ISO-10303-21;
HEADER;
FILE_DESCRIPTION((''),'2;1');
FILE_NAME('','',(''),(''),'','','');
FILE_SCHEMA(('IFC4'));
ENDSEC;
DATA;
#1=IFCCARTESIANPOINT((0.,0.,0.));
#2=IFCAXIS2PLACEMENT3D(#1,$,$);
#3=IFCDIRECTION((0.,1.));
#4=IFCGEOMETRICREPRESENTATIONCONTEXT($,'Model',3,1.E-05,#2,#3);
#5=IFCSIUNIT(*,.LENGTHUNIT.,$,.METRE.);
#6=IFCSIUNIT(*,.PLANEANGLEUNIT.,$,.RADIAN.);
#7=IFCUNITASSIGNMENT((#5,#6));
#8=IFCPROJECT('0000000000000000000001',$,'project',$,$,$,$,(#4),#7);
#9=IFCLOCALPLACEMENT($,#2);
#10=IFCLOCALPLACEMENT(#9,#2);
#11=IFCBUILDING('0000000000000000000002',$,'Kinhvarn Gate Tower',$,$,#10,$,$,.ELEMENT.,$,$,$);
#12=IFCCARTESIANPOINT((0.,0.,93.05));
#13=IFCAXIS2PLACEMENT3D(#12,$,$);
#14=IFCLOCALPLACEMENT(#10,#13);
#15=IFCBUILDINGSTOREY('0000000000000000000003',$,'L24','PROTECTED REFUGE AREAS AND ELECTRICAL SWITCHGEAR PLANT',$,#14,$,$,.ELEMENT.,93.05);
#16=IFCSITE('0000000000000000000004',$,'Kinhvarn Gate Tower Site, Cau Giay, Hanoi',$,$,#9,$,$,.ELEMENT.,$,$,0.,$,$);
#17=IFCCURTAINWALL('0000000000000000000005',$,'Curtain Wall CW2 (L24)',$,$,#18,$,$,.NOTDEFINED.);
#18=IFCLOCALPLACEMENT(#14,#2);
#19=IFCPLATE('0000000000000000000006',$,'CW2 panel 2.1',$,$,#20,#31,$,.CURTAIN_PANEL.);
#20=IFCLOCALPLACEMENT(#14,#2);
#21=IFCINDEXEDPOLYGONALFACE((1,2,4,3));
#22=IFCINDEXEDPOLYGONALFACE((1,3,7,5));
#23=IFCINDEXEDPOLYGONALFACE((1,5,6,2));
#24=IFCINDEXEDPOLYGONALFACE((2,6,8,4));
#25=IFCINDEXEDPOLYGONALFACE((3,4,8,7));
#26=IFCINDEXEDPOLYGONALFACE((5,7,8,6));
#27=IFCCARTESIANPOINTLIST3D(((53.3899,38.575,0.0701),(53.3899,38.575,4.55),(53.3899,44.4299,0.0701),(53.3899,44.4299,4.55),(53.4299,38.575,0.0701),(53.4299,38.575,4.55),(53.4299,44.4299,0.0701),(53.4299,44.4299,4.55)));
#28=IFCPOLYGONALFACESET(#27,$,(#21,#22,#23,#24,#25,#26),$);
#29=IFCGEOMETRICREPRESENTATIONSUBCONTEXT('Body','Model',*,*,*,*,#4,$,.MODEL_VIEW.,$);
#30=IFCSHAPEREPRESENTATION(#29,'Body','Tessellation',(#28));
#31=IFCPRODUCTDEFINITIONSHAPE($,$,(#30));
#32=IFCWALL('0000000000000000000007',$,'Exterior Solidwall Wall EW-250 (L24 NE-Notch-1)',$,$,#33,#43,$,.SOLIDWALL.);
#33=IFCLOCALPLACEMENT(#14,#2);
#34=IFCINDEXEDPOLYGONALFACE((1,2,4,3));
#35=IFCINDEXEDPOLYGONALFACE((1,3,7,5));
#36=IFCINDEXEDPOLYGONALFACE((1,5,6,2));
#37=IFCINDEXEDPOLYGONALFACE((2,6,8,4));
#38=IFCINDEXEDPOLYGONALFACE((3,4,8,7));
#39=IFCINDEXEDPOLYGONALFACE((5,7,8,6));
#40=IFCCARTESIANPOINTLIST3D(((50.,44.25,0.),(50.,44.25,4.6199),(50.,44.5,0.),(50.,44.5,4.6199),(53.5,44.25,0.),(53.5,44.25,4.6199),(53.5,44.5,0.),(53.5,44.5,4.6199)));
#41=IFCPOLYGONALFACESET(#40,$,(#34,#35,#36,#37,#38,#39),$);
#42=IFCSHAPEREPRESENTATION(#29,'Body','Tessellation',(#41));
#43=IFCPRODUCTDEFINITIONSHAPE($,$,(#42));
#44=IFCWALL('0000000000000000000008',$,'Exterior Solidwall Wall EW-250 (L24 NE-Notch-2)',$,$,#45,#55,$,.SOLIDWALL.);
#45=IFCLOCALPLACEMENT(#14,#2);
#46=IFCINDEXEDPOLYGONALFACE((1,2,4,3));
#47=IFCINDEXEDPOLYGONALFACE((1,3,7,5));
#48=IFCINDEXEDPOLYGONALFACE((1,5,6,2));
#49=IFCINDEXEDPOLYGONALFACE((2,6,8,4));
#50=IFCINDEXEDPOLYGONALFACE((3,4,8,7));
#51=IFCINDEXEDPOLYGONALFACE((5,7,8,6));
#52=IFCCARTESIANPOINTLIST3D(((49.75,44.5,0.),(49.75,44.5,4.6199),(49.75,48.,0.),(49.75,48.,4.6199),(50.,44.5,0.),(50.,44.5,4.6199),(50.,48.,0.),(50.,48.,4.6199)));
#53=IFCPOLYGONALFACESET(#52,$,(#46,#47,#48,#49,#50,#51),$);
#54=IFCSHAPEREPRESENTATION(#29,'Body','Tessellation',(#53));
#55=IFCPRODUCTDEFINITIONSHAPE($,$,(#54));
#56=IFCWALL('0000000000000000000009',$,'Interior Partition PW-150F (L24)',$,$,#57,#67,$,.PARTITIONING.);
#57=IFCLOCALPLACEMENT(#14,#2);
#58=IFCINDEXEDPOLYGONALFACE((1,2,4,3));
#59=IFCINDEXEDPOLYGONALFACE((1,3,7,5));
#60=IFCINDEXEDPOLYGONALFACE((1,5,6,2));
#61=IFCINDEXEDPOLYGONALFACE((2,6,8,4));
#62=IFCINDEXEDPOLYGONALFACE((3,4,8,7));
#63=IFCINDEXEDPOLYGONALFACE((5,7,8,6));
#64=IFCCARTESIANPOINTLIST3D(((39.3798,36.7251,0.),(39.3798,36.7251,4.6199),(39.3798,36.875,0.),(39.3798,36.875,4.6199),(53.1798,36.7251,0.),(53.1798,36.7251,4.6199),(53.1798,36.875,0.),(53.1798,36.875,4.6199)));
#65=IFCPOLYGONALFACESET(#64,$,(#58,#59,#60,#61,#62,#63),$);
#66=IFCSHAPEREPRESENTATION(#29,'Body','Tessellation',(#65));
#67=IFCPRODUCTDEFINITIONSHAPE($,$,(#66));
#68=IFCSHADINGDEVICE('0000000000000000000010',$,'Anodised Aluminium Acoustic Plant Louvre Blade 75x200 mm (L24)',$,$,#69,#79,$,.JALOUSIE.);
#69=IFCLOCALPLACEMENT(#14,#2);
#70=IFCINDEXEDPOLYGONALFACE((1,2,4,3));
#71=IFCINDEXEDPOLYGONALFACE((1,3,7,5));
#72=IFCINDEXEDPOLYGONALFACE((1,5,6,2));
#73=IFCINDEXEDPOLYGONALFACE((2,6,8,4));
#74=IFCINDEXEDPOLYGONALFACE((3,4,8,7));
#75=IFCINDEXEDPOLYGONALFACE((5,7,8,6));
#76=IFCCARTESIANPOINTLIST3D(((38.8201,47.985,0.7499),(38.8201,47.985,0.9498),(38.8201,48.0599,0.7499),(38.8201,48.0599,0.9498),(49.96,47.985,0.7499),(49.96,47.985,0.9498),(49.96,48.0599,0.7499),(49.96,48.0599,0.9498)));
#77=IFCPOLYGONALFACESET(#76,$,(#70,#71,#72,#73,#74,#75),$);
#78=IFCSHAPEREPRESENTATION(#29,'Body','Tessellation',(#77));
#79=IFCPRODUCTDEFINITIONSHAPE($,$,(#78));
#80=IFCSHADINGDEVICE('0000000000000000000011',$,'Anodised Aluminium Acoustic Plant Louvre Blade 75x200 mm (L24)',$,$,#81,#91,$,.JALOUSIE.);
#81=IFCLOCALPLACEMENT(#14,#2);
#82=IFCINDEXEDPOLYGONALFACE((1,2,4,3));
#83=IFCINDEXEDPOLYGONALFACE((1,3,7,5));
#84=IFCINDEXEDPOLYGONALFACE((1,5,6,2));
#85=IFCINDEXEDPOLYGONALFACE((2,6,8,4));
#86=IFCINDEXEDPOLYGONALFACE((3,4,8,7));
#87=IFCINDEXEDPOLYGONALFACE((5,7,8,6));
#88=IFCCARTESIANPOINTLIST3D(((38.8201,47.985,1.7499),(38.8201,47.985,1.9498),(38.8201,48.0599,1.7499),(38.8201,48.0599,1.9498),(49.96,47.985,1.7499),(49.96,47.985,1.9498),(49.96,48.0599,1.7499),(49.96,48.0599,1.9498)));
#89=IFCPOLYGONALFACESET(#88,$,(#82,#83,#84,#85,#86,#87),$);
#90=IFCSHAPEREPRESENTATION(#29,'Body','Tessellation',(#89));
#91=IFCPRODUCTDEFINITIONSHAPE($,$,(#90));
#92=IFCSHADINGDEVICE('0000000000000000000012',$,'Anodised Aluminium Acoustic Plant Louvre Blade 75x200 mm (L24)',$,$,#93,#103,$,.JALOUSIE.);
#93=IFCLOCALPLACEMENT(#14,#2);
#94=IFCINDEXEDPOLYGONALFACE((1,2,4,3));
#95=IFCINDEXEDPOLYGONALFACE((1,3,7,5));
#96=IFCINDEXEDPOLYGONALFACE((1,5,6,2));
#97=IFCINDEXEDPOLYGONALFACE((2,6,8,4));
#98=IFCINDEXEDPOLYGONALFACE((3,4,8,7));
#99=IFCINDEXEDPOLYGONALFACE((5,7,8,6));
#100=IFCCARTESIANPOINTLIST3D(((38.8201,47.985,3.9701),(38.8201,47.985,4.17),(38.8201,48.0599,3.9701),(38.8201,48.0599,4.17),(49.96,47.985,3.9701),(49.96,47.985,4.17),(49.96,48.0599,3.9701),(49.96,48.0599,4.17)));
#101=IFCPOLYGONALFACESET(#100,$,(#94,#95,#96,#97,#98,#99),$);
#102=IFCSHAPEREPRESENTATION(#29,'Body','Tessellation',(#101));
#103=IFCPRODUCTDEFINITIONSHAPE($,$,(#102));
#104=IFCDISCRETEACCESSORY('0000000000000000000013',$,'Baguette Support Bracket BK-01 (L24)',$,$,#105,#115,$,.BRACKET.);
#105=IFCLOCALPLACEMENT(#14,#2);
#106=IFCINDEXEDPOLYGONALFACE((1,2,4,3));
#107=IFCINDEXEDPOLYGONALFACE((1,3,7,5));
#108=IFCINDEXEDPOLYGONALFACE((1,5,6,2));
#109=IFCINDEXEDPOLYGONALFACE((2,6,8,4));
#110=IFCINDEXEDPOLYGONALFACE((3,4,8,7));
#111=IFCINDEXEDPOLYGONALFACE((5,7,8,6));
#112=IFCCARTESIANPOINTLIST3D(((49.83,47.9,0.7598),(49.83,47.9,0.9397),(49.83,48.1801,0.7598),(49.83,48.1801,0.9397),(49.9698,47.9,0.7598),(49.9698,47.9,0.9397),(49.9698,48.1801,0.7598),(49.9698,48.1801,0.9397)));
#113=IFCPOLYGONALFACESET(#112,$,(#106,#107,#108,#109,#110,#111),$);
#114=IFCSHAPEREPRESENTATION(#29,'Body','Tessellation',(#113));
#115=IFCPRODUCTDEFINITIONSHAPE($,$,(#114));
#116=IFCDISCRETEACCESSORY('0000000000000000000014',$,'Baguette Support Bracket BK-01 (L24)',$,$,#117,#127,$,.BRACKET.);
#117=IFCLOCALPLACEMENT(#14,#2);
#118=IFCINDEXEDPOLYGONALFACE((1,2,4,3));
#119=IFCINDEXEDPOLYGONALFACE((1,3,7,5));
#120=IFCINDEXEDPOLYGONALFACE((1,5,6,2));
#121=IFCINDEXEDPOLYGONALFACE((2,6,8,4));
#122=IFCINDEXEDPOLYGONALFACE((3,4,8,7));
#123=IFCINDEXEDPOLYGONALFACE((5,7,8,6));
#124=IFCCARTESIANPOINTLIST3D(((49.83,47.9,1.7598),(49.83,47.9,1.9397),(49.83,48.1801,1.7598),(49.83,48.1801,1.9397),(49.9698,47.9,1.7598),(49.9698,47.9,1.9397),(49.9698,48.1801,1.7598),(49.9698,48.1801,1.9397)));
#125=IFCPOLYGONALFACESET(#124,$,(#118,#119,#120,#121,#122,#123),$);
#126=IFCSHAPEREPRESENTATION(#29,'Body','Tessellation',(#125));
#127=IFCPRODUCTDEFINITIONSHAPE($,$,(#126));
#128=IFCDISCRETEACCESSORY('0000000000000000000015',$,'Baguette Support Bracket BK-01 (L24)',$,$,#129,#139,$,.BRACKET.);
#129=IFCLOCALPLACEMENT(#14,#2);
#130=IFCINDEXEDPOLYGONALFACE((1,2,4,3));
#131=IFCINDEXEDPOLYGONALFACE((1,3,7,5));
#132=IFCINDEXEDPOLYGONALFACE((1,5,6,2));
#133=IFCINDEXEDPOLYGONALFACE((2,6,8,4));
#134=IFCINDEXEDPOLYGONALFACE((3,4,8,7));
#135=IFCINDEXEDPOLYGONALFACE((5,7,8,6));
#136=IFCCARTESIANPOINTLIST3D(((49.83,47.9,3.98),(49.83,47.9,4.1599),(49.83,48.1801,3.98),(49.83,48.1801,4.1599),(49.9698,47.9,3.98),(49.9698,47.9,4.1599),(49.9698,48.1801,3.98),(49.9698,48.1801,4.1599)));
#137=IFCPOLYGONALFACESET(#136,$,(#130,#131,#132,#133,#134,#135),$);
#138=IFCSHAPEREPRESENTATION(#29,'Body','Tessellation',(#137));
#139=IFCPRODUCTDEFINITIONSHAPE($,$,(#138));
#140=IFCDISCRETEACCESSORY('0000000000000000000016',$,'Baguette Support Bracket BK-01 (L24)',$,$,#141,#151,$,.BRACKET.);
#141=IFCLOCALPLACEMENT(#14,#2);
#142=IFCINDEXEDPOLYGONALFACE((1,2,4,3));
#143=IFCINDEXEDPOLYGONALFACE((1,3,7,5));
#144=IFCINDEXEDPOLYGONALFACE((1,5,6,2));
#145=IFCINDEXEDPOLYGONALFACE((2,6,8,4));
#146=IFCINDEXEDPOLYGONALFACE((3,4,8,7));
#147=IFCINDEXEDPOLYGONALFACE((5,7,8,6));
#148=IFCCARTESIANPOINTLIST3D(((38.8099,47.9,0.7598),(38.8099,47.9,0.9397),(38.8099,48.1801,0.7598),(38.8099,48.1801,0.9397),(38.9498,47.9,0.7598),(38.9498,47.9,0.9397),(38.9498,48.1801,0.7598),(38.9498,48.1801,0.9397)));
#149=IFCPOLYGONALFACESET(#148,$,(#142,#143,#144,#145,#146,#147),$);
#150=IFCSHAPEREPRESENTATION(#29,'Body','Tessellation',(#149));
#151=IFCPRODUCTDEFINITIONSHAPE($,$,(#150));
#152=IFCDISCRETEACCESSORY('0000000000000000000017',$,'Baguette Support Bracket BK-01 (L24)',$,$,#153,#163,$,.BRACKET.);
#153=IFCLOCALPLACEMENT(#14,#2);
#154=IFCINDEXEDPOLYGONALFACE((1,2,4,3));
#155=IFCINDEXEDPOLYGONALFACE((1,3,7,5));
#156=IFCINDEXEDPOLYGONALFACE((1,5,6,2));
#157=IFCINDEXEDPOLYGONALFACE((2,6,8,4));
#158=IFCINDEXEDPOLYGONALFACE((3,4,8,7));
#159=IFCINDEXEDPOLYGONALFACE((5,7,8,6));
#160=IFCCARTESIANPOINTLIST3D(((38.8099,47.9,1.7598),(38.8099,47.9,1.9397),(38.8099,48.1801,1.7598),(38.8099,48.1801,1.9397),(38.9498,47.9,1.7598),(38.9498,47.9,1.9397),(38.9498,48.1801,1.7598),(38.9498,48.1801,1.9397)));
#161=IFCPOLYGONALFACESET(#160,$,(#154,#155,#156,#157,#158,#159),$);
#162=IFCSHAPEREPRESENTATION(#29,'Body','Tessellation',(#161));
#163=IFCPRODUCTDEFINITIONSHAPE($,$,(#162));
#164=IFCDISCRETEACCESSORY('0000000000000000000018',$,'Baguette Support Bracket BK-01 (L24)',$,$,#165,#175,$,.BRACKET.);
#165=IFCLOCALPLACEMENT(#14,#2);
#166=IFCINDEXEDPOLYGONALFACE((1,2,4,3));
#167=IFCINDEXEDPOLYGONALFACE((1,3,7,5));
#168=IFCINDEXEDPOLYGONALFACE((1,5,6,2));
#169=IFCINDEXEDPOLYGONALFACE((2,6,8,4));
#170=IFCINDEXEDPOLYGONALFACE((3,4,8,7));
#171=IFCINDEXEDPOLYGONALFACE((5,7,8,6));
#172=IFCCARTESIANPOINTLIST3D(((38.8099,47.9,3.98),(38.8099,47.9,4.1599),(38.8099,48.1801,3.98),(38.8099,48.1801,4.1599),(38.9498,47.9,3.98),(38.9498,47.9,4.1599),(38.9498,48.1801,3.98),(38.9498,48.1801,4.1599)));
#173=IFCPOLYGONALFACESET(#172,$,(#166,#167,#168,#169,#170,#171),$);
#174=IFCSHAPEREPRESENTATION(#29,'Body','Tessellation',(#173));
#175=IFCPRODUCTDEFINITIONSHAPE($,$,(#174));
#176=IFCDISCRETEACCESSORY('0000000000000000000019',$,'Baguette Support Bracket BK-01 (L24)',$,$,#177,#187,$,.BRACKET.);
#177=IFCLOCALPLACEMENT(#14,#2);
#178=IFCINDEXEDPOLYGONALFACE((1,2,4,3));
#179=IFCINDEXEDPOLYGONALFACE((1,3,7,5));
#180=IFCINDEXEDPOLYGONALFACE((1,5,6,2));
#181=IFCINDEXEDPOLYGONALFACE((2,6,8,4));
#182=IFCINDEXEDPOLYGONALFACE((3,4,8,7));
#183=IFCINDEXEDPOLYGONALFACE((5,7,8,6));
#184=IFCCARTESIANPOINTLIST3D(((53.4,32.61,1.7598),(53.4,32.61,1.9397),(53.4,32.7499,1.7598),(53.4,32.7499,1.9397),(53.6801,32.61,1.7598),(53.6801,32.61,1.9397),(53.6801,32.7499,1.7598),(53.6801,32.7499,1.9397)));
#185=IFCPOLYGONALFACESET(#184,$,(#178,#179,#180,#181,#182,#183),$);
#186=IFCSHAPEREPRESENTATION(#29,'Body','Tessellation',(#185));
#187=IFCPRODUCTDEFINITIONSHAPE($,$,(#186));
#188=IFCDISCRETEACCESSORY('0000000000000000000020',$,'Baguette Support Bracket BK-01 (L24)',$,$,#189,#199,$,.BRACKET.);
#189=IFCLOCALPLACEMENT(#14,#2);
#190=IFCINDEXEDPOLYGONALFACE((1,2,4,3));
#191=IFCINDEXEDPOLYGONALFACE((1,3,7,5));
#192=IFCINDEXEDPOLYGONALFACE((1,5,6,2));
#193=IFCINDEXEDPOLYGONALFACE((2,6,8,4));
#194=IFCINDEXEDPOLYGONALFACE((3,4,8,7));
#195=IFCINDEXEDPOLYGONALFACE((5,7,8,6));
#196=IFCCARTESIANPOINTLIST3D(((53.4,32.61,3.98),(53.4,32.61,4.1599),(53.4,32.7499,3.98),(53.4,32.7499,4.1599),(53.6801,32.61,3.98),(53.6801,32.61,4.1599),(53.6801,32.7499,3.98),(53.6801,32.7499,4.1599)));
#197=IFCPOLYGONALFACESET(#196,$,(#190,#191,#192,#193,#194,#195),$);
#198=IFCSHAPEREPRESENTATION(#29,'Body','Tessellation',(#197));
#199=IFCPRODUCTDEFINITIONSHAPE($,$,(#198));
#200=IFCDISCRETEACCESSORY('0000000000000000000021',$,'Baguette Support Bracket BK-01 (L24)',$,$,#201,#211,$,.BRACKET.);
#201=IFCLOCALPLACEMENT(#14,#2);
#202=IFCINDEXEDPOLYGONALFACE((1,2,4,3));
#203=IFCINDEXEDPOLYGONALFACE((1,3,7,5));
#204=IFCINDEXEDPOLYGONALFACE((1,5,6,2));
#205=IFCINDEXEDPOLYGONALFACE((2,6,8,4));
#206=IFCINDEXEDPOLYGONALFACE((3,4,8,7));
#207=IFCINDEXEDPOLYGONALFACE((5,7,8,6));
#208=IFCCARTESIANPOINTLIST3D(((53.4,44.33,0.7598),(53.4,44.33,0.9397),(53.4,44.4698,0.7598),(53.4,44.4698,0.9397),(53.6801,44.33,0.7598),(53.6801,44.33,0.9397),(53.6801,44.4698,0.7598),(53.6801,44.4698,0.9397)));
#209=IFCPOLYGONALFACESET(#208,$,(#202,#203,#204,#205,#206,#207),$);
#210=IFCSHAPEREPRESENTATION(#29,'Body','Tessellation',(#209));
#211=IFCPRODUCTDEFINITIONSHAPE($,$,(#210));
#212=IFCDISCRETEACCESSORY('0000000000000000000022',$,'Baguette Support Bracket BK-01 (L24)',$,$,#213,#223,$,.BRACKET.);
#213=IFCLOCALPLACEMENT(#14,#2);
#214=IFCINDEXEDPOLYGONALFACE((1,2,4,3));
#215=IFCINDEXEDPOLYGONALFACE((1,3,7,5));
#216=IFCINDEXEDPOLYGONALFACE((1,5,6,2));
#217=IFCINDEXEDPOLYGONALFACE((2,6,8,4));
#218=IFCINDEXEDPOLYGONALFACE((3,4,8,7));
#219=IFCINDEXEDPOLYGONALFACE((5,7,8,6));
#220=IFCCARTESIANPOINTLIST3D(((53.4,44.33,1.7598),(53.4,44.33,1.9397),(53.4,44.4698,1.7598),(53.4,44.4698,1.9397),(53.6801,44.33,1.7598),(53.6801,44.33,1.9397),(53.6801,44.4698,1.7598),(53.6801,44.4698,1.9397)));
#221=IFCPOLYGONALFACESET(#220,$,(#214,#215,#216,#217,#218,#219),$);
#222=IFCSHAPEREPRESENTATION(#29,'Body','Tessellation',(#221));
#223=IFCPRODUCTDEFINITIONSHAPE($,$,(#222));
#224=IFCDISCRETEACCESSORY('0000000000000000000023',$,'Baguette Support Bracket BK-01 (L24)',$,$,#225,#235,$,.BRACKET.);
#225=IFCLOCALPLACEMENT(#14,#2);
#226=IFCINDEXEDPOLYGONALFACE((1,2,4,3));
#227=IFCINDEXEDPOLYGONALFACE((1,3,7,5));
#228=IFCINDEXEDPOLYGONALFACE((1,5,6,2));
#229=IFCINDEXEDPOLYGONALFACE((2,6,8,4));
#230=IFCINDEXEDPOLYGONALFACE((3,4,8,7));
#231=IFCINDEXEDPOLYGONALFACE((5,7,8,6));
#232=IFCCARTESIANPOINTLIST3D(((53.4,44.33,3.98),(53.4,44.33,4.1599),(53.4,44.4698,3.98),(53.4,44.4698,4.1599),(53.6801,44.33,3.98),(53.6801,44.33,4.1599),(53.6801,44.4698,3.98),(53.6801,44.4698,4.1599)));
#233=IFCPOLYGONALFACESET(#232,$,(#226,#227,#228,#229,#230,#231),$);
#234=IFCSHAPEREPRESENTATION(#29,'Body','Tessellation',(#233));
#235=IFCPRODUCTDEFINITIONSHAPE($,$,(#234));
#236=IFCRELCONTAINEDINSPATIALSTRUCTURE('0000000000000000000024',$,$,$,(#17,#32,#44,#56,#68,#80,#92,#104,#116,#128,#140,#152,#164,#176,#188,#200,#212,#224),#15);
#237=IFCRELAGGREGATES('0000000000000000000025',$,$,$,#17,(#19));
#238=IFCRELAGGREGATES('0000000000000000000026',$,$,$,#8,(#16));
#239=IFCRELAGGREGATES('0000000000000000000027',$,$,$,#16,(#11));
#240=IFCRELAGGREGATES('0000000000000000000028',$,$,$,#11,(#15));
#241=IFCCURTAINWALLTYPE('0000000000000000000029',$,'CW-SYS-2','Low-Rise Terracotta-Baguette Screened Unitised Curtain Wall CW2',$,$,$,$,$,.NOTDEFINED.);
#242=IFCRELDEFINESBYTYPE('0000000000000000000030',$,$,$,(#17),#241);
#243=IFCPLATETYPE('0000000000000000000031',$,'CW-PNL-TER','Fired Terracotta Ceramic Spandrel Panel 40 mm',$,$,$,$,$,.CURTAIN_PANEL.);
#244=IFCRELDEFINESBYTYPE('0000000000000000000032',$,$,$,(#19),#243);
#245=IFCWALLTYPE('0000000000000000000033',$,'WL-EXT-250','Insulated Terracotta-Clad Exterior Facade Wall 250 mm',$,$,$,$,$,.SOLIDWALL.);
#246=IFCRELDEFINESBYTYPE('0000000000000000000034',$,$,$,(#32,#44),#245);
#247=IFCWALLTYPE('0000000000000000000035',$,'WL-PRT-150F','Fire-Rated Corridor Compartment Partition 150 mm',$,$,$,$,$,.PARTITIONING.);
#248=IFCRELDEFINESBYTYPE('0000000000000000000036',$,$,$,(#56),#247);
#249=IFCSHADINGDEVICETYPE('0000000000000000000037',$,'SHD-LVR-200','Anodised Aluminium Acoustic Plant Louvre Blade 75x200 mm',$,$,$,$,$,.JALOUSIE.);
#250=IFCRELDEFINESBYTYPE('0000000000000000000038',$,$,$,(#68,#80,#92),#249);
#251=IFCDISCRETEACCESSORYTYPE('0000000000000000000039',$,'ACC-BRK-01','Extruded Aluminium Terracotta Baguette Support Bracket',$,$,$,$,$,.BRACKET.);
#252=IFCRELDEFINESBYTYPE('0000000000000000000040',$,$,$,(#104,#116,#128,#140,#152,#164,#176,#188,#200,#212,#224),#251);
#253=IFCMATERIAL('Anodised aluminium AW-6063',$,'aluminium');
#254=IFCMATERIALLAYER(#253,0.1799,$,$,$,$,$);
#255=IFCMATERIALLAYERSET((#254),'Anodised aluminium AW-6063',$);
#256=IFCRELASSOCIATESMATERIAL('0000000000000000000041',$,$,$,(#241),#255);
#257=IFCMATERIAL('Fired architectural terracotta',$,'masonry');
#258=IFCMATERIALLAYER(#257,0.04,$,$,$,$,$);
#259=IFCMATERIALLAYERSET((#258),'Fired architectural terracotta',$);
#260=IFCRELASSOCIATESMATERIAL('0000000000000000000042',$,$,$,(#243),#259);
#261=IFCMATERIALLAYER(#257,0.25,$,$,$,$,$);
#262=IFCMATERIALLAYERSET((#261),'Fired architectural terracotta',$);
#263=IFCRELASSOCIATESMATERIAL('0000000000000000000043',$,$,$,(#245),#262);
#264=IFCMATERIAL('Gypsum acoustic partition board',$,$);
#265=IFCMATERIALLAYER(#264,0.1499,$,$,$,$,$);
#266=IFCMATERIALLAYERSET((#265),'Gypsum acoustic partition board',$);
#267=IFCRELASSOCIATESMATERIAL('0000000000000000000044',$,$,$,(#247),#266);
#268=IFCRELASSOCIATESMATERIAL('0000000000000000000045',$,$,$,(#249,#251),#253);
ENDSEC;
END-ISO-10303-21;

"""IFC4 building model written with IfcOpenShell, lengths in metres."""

from ifc_helpers import new_model, si_unit, direction, frame, frame_2d, origin, origin_2d, place, context, subcontext, project, spatial, rectangle, extrude, material, layer, layer_set, material_profile, profile_set, type_object, element, aggregate, save


model = new_model("IFC4")

# Units and contexts
model_context = context("Model", 3, precision=1e-05, world=origin(), true_north=direction((0.0, 1.0)))
body_context = subcontext(model_context, "Body", "Model", "MODEL_VIEW")
ifc_project = project(units=[si_unit("LENGTHUNIT", "METRE"), si_unit("PLANEANGLEUNIT", "RADIAN")], contexts=[model_context])

# Site, building, storey
site_placement = place(None, origin())
site = spatial("IfcSite", under=ifc_project, at=site_placement, Name="Kinhvarn Gate Tower Site, Cau Giay, Hanoi", CompositionType="ELEMENT", RefElevation=0.0)
building_placement = place(site_placement, origin())
building = spatial("IfcBuilding", under=site, at=building_placement, Name="Kinhvarn Gate Tower", CompositionType="ELEMENT")
storey_placement = place(building_placement, frame((0.0, 0.0, 93.05)))
storey = spatial("IfcBuildingStorey", under=building, at=storey_placement, Name="L24", Description="PROTECTED REFUGE AREAS AND ELECTRICAL SWITCHGEAR PLANT", CompositionType="ELEMENT", Elevation=93.05)

# Curtain wall
ifc_material_1 = material(Name="Anodised aluminium AW-6063", Category="aluminium")
ifc_layer_1 = layer(ifc_material_1, 0.1799)
ifc_layer_set_1 = layer_set([ifc_layer_1], Name="Anodised aluminium AW-6063")
curtain_wall_type = type_object("IfcCurtainWallType", Name="CW-SYS-2", Description="Low-Rise Terracotta-Baguette Screened Unitised Curtain Wall CW2", PredefinedType="NOTDEFINED", material=ifc_layer_set_1)
curtain_wall_1_placement = place(storey_placement, origin())
curtain_wall_1 = element("IfcCurtainWall", 1, at=curtain_wall_1_placement, inside=storey, type_object=curtain_wall_type, Name="Curtain Wall CW2 (L24)", PredefinedType="NOTDEFINED")

# Plate
ifc_material_2 = material(Name="Fired architectural terracotta", Category="masonry")
ifc_layer_2 = layer(ifc_material_2, 0.04)
ifc_layer_set_2 = layer_set([ifc_layer_2], Name="Fired architectural terracotta")
plate_type = type_object("IfcPlateType", Name="CW-PNL-TER", Description="Fired Terracotta Ceramic Spandrel Panel 40 mm", PredefinedType="CURTAIN_PANEL", material=ifc_layer_set_2)
plate_1_placement = place(storey_placement, frame((53.4099, 41.5024, 0.0701), z_axis=(0.0, 0.0, 1.0), x_axis=(0.0, 1.0, 0.0)))
plate_1 = element("IfcPlate", 2, at=plate_1_placement, type_object=plate_type, Name="CW2 panel 2.1", PredefinedType="CURTAIN_PANEL", context=body_context, shape_type="SweptSolid", body=[
    extrude(rectangle(XDim=5.855, YDim=0.04, at=origin_2d()), origin(), (0.0, 0.0, 1.0), 4.48),
])
aggregate(curtain_wall_1, [plate_1])

# Walls
ifc_layer_3 = layer(ifc_material_2, 0.25)
ifc_layer_set_3 = layer_set([ifc_layer_3], Name="Fired architectural terracotta")
wall_type_1 = type_object("IfcWallType", Name="WL-EXT-250", Description="Insulated Terracotta-Clad Exterior Facade Wall 250 mm", PredefinedType="SOLIDWALL", material=ifc_layer_set_3)
for number, where, z_axis, x_axis, name in (
    (3, (53.5, 44.375, 0.0), (0.0, 0.0, 1.0), (-1.0, 0.0, 0.0), "Exterior Solidwall Wall EW-250 (L24 NE-Notch-1)"),
    (4, (49.875, 44.5, 0.0), (0.0, 0.0, 1.0), (0.0, 1.0, 0.0), "Exterior Solidwall Wall EW-250 (L24 NE-Notch-2)"),
):
    element("IfcWall", number, at=place(storey_placement, frame(where, z_axis=z_axis, x_axis=x_axis)), inside=storey, type_object=wall_type_1, Name=name, PredefinedType="SOLIDWALL", context=body_context, shape_type="SweptSolid", body=[
        extrude(rectangle(XDim=3.5, YDim=0.25, at=frame_2d((1.75, 0.0))), origin(), (0.0, 0.0, 1.0), 4.6199),
    ])
ifc_material_3 = material(Name="Gypsum acoustic partition board")
ifc_layer_4 = layer(ifc_material_3, 0.1499)
ifc_layer_set_4 = layer_set([ifc_layer_4], Name="Gypsum acoustic partition board")
wall_type_2 = type_object("IfcWallType", Name="WL-PRT-150F", Description="Fire-Rated Corridor Compartment Partition 150 mm", PredefinedType="PARTITIONING", material=ifc_layer_set_4)
wall_placement = place(storey_placement, frame((39.3799, 36.8, 0.0), z_axis=(0.0, 0.0, 1.0), x_axis=(1.0, 0.0, 0.0)))
element("IfcWall", 5, at=wall_placement, inside=storey, type_object=wall_type_2, Name="Interior Partition PW-150F (L24)", PredefinedType="PARTITIONING", context=body_context, shape_type="SweptSolid", body=[
    extrude(rectangle(XDim=13.8, YDim=0.1499, at=frame_2d((6.8999, 0.0))), origin(), (0.0, 0.0, 1.0), 4.6199),
])

# Shading devices
ifc_material_profile_1 = material_profile(ifc_material_1, rectangle(XDim=0.075, YDim=0.2, at=origin_2d()), Name="LOUVRE 75x200")
ifc_profile_set_1 = profile_set([ifc_material_profile_1], Name="Anodised aluminium AW-6063")
shading_device_type = type_object("IfcShadingDeviceType", Name="SHD-LVR-200", Description="Anodised Aluminium Acoustic Plant Louvre Blade 75x200 mm", PredefinedType="JALOUSIE", material=ifc_profile_set_1)
for number, where, z_axis, x_axis, name in (
    (6, (49.96, 48.0225, 0.8499), (-1.0, 0.0, 0.0), (0.0, -1.0, 0.0), "Anodised Aluminium Acoustic Plant Louvre Blade 75x200 mm (L24)"),
    (7, (49.96, 48.0225, 1.8499), (-1.0, 0.0, 0.0), (0.0, -1.0, 0.0), "Anodised Aluminium Acoustic Plant Louvre Blade 75x200 mm (L24)"),
    (8, (49.96, 48.0225, 4.0701), (-1.0, 0.0, 0.0), (0.0, -1.0, 0.0), "Anodised Aluminium Acoustic Plant Louvre Blade 75x200 mm (L24)"),
):
    element("IfcShadingDevice", number, at=place(storey_placement, frame(where, z_axis=z_axis, x_axis=x_axis)), inside=storey, type_object=shading_device_type, Name=name, PredefinedType="JALOUSIE", context=body_context, shape_type="SweptSolid", body=[
        extrude(rectangle(XDim=0.075, YDim=0.2, at=origin_2d()), origin(), (0.0, 0.0, 1.0), 11.1399),
    ])

# Discrete accessories
discrete_accessory_type = type_object("IfcDiscreteAccessoryType", Name="ACC-BRK-01", Description="Extruded Aluminium Terracotta Baguette Support Bracket", PredefinedType="BRACKET", material=ifc_material_1)
for number, where, z_axis, x_axis, name in (
    (9, (49.8999, 48.04, 0.7598), (0.0, 0.0, 1.0), (-1.0, 0.0, 0.0), "Baguette Support Bracket BK-01 (L24)"),
    (10, (49.8999, 48.04, 1.7598), (0.0, 0.0, 1.0), (-1.0, 0.0, 0.0), "Baguette Support Bracket BK-01 (L24)"),
    (11, (49.8999, 48.04, 3.98), (0.0, 0.0, 1.0), (-1.0, 0.0, 0.0), "Baguette Support Bracket BK-01 (L24)"),
    (12, (38.8799, 48.04, 0.7598), (0.0, 0.0, 1.0), (-1.0, 0.0, 0.0), "Baguette Support Bracket BK-01 (L24)"),
    (13, (38.8799, 48.04, 1.7598), (0.0, 0.0, 1.0), (-1.0, 0.0, 0.0), "Baguette Support Bracket BK-01 (L24)"),
    (14, (38.8799, 48.04, 3.98), (0.0, 0.0, 1.0), (-1.0, 0.0, 0.0), "Baguette Support Bracket BK-01 (L24)"),
    (15, (53.54, 32.6799, 1.7598), (0.0, 0.0, 1.0), (0.0, 1.0, 0.0), "Baguette Support Bracket BK-01 (L24)"),
    (16, (53.54, 32.6799, 3.98), (0.0, 0.0, 1.0), (0.0, 1.0, 0.0), "Baguette Support Bracket BK-01 (L24)"),
    (17, (53.54, 44.3999, 0.7598), (0.0, 0.0, 1.0), (0.0, 1.0, 0.0), "Baguette Support Bracket BK-01 (L24)"),
    (18, (53.54, 44.3999, 1.7598), (0.0, 0.0, 1.0), (0.0, 1.0, 0.0), "Baguette Support Bracket BK-01 (L24)"),
    (19, (53.54, 44.3999, 3.98), (0.0, 0.0, 1.0), (0.0, 1.0, 0.0), "Baguette Support Bracket BK-01 (L24)"),
):
    element("IfcDiscreteAccessory", number, at=place(storey_placement, frame(where, z_axis=z_axis, x_axis=x_axis)), inside=storey, type_object=discrete_accessory_type, Name=name, PredefinedType="BRACKET", context=body_context, shape_type="SweptSolid", body=[
        extrude(rectangle(XDim=0.1399, YDim=0.28, at=origin_2d()), origin(), (0.0, 0.0, 1.0), 0.1799),
    ])

save(model, "model.ifc")
